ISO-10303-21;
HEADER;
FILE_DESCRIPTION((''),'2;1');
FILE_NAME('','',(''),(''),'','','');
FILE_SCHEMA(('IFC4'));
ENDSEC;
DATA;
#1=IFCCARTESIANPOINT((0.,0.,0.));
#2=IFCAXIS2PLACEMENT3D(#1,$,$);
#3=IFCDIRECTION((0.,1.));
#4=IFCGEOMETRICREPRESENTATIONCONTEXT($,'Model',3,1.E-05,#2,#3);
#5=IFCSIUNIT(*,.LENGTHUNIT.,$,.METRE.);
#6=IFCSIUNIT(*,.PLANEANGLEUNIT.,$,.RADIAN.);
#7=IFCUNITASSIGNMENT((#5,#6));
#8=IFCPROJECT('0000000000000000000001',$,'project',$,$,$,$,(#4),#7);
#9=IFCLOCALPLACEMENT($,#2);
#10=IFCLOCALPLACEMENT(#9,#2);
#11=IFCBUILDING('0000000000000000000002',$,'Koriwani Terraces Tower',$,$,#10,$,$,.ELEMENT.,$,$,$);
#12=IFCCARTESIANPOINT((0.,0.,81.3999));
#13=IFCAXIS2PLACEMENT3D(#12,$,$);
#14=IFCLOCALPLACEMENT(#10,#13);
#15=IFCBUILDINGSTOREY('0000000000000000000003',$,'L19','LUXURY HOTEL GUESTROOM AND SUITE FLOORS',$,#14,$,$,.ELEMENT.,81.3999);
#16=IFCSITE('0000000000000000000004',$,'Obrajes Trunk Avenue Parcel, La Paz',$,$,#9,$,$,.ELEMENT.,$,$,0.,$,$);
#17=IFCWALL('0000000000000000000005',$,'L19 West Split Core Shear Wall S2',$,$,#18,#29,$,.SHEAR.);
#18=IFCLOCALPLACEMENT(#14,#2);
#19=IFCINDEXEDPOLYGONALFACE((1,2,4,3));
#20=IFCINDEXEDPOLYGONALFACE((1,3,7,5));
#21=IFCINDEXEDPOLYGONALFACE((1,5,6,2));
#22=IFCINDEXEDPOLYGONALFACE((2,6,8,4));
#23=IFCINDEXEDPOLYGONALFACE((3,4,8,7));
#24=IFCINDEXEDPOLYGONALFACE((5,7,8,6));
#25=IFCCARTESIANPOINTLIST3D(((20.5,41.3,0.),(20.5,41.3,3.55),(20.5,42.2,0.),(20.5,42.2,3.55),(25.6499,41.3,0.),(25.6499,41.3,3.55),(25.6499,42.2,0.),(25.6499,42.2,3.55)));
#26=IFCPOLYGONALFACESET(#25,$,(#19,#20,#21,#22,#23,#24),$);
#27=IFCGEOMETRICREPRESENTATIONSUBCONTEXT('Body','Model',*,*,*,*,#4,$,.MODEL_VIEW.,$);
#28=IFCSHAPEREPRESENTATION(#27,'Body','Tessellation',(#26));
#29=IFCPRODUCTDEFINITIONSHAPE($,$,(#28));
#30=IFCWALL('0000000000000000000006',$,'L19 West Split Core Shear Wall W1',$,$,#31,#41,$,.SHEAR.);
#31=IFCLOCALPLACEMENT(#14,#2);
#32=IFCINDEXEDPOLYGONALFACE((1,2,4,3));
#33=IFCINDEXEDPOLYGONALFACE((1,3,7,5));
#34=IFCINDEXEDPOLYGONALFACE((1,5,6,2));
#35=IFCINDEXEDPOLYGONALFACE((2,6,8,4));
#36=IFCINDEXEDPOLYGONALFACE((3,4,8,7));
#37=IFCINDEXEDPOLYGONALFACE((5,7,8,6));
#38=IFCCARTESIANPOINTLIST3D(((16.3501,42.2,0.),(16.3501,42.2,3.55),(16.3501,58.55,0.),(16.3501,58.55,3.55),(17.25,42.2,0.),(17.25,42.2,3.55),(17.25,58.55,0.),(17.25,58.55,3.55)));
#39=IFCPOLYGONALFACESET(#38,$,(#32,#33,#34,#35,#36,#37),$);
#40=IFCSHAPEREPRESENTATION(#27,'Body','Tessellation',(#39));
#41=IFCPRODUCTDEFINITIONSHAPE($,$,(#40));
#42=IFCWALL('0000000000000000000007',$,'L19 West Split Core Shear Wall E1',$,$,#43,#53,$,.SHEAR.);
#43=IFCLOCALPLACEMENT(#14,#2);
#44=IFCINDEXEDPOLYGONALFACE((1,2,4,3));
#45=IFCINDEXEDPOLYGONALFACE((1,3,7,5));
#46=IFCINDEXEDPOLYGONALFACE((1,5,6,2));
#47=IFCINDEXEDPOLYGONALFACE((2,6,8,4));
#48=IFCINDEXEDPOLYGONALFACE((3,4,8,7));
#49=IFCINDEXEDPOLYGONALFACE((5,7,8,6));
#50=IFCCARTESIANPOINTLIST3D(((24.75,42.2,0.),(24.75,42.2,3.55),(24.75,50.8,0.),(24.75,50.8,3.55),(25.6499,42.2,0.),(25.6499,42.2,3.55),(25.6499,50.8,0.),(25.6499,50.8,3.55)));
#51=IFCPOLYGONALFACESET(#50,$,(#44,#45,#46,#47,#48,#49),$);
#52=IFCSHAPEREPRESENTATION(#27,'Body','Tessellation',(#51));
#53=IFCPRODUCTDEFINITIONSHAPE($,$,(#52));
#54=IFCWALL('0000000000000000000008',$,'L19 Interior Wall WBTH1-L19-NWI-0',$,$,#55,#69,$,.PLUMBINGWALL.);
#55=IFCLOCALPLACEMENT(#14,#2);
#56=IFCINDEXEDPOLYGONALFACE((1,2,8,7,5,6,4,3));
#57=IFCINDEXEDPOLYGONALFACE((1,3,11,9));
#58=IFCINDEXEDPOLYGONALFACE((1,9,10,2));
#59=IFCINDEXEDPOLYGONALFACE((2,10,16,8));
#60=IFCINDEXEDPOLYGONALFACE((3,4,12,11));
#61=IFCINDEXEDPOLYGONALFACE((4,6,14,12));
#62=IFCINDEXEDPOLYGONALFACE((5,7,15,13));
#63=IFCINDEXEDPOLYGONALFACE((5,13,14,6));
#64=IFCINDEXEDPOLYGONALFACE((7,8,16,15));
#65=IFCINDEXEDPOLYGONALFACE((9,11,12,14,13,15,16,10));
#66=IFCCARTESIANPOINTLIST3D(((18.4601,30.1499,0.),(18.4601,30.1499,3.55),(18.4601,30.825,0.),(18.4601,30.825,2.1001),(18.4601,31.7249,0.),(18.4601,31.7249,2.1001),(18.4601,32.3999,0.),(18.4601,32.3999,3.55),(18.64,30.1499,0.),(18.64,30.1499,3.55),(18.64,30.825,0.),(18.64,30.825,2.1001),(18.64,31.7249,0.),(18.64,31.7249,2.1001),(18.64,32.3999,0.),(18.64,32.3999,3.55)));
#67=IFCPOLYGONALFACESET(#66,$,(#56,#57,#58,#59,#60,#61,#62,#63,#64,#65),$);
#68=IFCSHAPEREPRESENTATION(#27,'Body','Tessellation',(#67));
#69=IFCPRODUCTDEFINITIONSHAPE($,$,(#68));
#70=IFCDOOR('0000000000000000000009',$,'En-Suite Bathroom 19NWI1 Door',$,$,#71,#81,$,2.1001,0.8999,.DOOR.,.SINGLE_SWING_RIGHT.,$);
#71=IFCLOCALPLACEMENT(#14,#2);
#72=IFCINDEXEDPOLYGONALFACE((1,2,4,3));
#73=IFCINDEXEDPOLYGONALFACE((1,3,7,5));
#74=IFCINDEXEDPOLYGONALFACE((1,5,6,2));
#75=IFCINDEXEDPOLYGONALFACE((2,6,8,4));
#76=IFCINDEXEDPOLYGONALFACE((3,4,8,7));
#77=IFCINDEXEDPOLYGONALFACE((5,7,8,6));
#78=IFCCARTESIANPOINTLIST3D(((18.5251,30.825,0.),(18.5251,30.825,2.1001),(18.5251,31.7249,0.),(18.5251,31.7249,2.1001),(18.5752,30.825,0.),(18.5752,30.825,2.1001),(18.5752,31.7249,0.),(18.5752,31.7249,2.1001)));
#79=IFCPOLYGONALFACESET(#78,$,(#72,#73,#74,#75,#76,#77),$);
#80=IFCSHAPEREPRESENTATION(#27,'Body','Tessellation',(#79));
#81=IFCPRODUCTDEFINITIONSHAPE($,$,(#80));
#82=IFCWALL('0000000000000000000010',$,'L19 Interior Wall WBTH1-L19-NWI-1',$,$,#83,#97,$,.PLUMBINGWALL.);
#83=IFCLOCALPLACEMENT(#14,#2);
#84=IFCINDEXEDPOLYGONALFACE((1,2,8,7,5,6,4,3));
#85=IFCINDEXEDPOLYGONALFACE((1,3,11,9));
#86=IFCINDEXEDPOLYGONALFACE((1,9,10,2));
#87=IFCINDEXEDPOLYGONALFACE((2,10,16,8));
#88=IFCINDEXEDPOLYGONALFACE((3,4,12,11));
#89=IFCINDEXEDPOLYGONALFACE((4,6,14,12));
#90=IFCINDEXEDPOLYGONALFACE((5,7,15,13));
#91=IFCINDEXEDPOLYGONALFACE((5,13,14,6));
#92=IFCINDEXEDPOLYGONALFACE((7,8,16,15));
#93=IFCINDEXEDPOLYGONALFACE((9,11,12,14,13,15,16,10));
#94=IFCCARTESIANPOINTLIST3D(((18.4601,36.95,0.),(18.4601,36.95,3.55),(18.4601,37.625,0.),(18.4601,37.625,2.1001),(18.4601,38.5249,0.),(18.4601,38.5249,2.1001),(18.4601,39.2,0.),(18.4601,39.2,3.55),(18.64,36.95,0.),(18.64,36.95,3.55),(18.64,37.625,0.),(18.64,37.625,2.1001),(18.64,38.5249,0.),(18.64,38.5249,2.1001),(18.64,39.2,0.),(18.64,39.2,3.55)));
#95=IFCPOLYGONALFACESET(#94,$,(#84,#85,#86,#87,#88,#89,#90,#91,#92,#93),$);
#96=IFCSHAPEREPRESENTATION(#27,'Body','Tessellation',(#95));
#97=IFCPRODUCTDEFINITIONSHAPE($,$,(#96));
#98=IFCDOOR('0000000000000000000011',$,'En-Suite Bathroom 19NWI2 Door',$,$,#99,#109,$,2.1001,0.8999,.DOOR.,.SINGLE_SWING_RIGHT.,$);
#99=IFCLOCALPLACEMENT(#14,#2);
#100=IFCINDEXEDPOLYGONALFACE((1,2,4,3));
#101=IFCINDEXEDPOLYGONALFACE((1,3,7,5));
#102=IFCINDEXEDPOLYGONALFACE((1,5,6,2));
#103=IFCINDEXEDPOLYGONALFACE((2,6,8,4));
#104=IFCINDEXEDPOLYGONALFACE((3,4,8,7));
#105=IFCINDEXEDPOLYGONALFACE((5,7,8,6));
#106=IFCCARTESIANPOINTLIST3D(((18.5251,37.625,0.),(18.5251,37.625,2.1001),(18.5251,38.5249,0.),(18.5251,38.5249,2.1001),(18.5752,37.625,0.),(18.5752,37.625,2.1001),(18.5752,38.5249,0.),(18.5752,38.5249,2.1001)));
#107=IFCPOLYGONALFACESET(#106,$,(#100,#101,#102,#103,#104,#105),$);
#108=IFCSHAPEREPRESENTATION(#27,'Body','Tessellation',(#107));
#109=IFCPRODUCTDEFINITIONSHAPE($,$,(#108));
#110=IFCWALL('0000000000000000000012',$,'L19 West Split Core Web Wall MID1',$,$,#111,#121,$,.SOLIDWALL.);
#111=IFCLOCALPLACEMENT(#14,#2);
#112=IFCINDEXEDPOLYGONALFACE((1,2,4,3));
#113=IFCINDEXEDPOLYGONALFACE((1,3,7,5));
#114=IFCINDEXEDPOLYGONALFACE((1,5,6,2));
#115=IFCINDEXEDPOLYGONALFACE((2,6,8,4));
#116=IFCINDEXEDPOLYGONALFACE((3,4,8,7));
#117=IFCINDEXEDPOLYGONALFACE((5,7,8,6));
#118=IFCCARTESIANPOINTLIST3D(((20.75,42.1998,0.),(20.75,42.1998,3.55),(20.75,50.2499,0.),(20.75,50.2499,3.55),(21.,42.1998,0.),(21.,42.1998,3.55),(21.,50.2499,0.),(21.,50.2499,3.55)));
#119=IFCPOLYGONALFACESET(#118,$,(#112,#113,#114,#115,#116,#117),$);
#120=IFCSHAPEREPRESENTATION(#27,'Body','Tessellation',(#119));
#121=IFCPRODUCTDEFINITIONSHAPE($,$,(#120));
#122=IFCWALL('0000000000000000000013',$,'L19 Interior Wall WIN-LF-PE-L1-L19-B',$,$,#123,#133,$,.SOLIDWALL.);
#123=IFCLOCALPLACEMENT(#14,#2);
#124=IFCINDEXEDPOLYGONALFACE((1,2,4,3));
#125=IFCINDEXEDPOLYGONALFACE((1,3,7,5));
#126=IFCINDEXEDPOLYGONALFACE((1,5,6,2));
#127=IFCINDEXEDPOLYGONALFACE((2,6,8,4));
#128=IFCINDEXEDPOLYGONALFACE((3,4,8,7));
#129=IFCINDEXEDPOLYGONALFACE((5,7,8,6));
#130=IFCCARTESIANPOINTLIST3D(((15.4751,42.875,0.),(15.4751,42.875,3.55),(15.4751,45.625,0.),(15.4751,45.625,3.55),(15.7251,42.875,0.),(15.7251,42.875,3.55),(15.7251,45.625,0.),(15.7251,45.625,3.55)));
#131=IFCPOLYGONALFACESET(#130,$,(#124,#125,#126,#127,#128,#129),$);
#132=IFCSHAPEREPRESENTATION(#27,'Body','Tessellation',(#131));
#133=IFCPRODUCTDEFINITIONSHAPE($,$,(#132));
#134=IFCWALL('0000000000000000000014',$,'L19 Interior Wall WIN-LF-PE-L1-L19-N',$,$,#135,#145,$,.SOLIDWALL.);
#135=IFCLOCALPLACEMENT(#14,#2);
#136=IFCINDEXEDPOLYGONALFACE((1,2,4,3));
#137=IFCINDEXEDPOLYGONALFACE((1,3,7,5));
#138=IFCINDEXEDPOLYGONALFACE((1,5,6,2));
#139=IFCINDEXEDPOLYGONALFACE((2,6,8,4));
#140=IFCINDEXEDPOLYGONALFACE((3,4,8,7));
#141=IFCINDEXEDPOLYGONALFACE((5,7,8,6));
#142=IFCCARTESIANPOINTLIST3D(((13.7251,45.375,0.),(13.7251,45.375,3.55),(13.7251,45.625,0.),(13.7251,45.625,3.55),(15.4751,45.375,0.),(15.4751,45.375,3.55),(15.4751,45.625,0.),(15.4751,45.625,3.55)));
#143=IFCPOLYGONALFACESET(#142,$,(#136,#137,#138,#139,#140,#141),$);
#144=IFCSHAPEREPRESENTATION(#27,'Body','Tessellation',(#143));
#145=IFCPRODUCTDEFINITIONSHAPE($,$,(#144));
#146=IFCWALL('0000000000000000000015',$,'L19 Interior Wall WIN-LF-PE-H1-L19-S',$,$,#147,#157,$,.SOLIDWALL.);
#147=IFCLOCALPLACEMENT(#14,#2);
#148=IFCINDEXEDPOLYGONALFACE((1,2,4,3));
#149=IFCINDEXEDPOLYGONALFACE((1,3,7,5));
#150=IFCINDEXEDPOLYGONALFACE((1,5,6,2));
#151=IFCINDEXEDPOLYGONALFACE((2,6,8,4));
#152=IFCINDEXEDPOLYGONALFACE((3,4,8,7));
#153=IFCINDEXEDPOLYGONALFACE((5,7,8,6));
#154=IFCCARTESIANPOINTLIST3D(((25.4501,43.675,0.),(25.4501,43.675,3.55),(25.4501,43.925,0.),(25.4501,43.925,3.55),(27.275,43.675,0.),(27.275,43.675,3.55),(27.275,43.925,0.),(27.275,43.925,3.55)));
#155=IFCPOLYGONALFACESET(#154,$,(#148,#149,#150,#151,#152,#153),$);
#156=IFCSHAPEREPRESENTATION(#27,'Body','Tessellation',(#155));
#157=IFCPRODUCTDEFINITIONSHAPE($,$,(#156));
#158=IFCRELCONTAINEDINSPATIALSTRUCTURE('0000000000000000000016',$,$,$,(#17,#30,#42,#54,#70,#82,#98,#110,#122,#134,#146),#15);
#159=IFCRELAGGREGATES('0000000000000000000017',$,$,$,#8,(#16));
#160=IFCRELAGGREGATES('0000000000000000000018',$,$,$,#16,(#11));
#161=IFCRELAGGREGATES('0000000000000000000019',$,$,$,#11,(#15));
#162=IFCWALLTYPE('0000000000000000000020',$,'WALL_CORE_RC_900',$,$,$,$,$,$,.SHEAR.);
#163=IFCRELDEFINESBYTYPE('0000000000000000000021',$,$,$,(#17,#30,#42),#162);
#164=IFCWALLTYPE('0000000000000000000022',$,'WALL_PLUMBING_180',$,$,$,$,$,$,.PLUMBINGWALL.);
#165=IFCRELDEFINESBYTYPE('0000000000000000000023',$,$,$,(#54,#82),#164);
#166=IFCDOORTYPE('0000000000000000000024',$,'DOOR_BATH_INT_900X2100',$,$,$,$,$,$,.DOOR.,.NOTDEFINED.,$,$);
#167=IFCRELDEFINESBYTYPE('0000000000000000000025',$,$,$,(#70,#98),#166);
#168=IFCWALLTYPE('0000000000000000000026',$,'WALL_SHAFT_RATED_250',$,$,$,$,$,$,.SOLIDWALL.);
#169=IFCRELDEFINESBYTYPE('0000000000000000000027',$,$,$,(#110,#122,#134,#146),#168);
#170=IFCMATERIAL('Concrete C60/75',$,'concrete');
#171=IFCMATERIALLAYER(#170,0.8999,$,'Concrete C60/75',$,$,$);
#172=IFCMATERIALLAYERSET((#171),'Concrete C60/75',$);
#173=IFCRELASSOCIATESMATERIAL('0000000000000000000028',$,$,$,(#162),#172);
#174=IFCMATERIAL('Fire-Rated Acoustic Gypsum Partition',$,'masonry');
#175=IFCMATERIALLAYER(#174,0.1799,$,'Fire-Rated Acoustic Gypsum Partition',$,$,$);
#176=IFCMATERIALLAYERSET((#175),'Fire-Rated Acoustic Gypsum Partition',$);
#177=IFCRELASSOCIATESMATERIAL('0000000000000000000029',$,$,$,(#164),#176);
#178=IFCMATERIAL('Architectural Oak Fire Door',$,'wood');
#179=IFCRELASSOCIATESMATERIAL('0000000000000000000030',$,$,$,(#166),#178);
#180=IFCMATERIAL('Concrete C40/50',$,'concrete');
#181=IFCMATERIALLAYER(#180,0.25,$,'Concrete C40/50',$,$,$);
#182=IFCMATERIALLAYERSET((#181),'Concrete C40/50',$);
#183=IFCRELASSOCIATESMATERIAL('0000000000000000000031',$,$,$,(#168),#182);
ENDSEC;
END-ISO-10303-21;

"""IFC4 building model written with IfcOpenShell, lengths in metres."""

from ifc_helpers import new_model, si_unit, direction, frame, frame_2d, origin, place, context, subcontext, project, spatial, rectangle, extrude, material, layer, layer_set, type_object, element, fill, save


model = new_model("IFC4")

# Units and contexts
model_context = context("Model", 3, precision=1e-05, world=origin(), true_north=direction((0.0, 1.0)))
body_context = subcontext(model_context, "Body", "Model", "MODEL_VIEW")
ifc_project = project(units=[si_unit("LENGTHUNIT", "METRE"), si_unit("PLANEANGLEUNIT", "RADIAN")], contexts=[model_context])

# Site, building, storey
site_placement = place(None, origin())
site = spatial("IfcSite", under=ifc_project, at=site_placement, Name="Obrajes Trunk Avenue Parcel, La Paz", CompositionType="ELEMENT", RefElevation=0.0)
building_placement = place(site_placement, origin())
building = spatial("IfcBuilding", under=site, at=building_placement, Name="Koriwani Terraces Tower", CompositionType="ELEMENT")
storey_placement = place(building_placement, frame((0.0, 0.0, 81.3999)))
storey = spatial("IfcBuildingStorey", under=building, at=storey_placement, Name="L19", Description="LUXURY HOTEL GUESTROOM AND SUITE FLOORS", CompositionType="ELEMENT", Elevation=81.3999)

# Shared definitions
ifc_material_1 = material(Name="Concrete C60/75", Category="concrete")

# Shared definitions
ifc_material_2 = material(Name="Concrete C40/50", Category="concrete")

# Walls
ifc_layer_1 = layer(ifc_material_1, 0.8999, Name="Concrete C60/75")
ifc_layer_set_1 = layer_set([ifc_layer_1], Name="Concrete C60/75")
wall_type_1 = type_object("IfcWallType", Name="WALL_CORE_RC_900", PredefinedType="SHEAR", material=ifc_layer_set_1)
wall_1_placement = place(storey_placement, frame((20.5, 41.75, 0.0), z_axis=(0.0, 0.0, 1.0), x_axis=(1.0, 0.0, 0.0)))
element("IfcWall", 1, at=wall_1_placement, inside=storey, type_object=wall_type_1, Name="L19 West Split Core Shear Wall S2", PredefinedType="SHEAR", context=body_context, shape_type="SweptSolid", body=[
    extrude(rectangle(XDim=5.1499, YDim=0.8999, at=frame_2d((2.575, 0.0))), origin(), (0.0, 0.0, 1.0), 3.55),
])
wall_2_placement = place(storey_placement, frame((16.8, 42.2, 0.0), z_axis=(0.0, 0.0, 1.0), x_axis=(0.0, 1.0, 0.0)))
element("IfcWall", 2, at=wall_2_placement, inside=storey, type_object=wall_type_1, Name="L19 West Split Core Shear Wall W1", PredefinedType="SHEAR", context=body_context, shape_type="SweptSolid", body=[
    extrude(rectangle(XDim=16.3501, YDim=0.8999, at=frame_2d((8.175, 0.0))), origin(), (0.0, 0.0, 1.0), 3.55),
])
wall_3_placement = place(storey_placement, frame((25.2, 42.2, 0.0), z_axis=(0.0, 0.0, 1.0), x_axis=(0.0, 1.0, 0.0)))
element("IfcWall", 3, at=wall_3_placement, inside=storey, type_object=wall_type_1, Name="L19 West Split Core Shear Wall E1", PredefinedType="SHEAR", context=body_context, shape_type="SweptSolid", body=[
    extrude(rectangle(XDim=8.6001, YDim=0.8999, at=frame_2d((4.3, 0.0))), origin(), (0.0, 0.0, 1.0), 3.55),
])

# Walls, openings, doors
ifc_material_3 = material(Name="Fire-Rated Acoustic Gypsum Partition", Category="masonry")
ifc_layer_2 = layer(ifc_material_3, 0.1799, Name="Fire-Rated Acoustic Gypsum Partition")
ifc_layer_set_2 = layer_set([ifc_layer_2], Name="Fire-Rated Acoustic Gypsum Partition")
wall_type_2 = type_object("IfcWallType", Name="WALL_PLUMBING_180", PredefinedType="PLUMBINGWALL", material=ifc_layer_set_2)
wall_4_placement = place(storey_placement, frame((18.55, 30.1499, 0.0), z_axis=(0.0, 0.0, 1.0), x_axis=(0.0, 1.0, 0.0)))
wall_4 = element("IfcWall", 4, at=wall_4_placement, inside=storey, type_object=wall_type_2, Name="L19 Interior Wall WBTH1-L19-NWI-0", PredefinedType="PLUMBINGWALL", context=body_context, shape_type="SweptSolid", body=[
    extrude(rectangle(XDim=2.25, YDim=0.1799, at=frame_2d((1.125, 0.0))), origin(), (0.0, 0.0, 1.0), 3.55),
])
opening_1_placement = place(wall_4_placement, frame((0.675, 0.0, 0.0)))
opening_1 = element("IfcOpeningElement", 5, at=opening_1_placement, cuts=wall_4, PredefinedType="OPENING", context=body_context, shape_type="SweptSolid", body=[
    extrude(rectangle(XDim=0.8999, YDim=2.1001, at=frame_2d((0.45, 1.05))), frame((0.0, 0.1001, 0.0), z_axis=(0.0, -1.0, 0.0), x_axis=(1.0, 0.0, 0.0)), (0.0, 0.0, 1.0), 0.2),
])
ifc_material_4 = material(Name="Architectural Oak Fire Door", Category="wood")
door_type_1 = type_object("IfcDoorType", Name="DOOR_BATH_INT_900X2100", OperationType="NOTDEFINED", PredefinedType="DOOR", material=ifc_material_4)
door_1_placement = place(opening_1_placement, origin())
door_1 = element("IfcDoor", 6, at=door_1_placement, inside=storey, type_object=door_type_1, Name="En-Suite Bathroom 19NWI1 Door", OperationType="SINGLE_SWING_RIGHT", OverallHeight=2.1001, OverallWidth=0.8999, PredefinedType="DOOR", context=body_context, shape_type="SweptSolid", body=[
    extrude(rectangle(XDim=0.8999, YDim=2.1001, at=frame_2d((0.45, 1.05))), frame((0.0, 0.0249, 0.0), z_axis=(0.0, -1.0, 0.0), x_axis=(1.0, 0.0, 0.0)), (0.0, 0.0, 1.0), 0.05),
])
fill(opening_1, door_1)
wall_5_placement = place(storey_placement, frame((18.55, 36.95, 0.0), z_axis=(0.0, 0.0, 1.0), x_axis=(0.0, 1.0, 0.0)))
wall_5 = element("IfcWall", 7, at=wall_5_placement, inside=storey, type_object=wall_type_2, Name="L19 Interior Wall WBTH1-L19-NWI-1", PredefinedType="PLUMBINGWALL", context=body_context, shape_type="SweptSolid", body=[
    extrude(rectangle(XDim=2.25, YDim=0.1799, at=frame_2d((1.125, 0.0))), origin(), (0.0, 0.0, 1.0), 3.55),
])
opening_2_placement = place(wall_5_placement, frame((0.675, 0.0, 0.0)))
opening_2 = element("IfcOpeningElement", 8, at=opening_2_placement, cuts=wall_5, PredefinedType="OPENING", context=body_context, shape_type="SweptSolid", body=[
    extrude(rectangle(XDim=0.8999, YDim=2.1001, at=frame_2d((0.45, 1.05))), frame((0.0, 0.1001, 0.0), z_axis=(0.0, -1.0, 0.0), x_axis=(1.0, 0.0, 0.0)), (0.0, 0.0, 1.0), 0.2),
])
door_2_placement = place(opening_2_placement, origin())
door_2 = element("IfcDoor", 9, at=door_2_placement, inside=storey, type_object=door_type_1, Name="En-Suite Bathroom 19NWI2 Door", OperationType="SINGLE_SWING_RIGHT", OverallHeight=2.1001, OverallWidth=0.8999, PredefinedType="DOOR", context=body_context, shape_type="SweptSolid", body=[
    extrude(rectangle(XDim=0.8999, YDim=2.1001, at=frame_2d((0.45, 1.05))), frame((0.0, 0.0249, 0.0), z_axis=(0.0, -1.0, 0.0), x_axis=(1.0, 0.0, 0.0)), (0.0, 0.0, 1.0), 0.05),
])
fill(opening_2, door_2)

# Wall
ifc_layer_3 = layer(ifc_material_2, 0.25, Name="Concrete C40/50")
ifc_layer_set_3 = layer_set([ifc_layer_3], Name="Concrete C40/50")
wall_type_3 = type_object("IfcWallType", Name="WALL_SHAFT_RATED_250", PredefinedType="SOLIDWALL", material=ifc_layer_set_3)
wall_6_placement = place(storey_placement, frame((20.875, 42.2, 0.0), z_axis=(0.0, 0.0, 1.0), x_axis=(0.0, 1.0, 0.0)))
element("IfcWall", 10, at=wall_6_placement, inside=storey, type_object=wall_type_3, Name="L19 West Split Core Web Wall MID1", PredefinedType="SOLIDWALL", context=body_context, shape_type="SweptSolid", body=[
    extrude(rectangle(XDim=8.05, YDim=0.25, at=frame_2d((4.0249, 0.0))), origin(), (0.0, 0.0, 1.0), 3.55),
])

# Walls
wall_7_placement = place(storey_placement, frame((15.6001, 42.875, 0.0), z_axis=(0.0, 0.0, 1.0), x_axis=(0.0, 1.0, 0.0)))
element("IfcWall", 11, at=wall_7_placement, inside=storey, type_object=wall_type_3, Name="L19 Interior Wall WIN-LF-PE-L1-L19-B", PredefinedType="SOLIDWALL", context=body_context, shape_type="SweptSolid", body=[
    extrude(rectangle(XDim=2.75, YDim=0.25, at=frame_2d((1.375, 0.0))), origin(), (0.0, 0.0, 1.0), 3.55),
])
wall_8_placement = place(storey_placement, frame((13.7251, 45.5, 0.0), z_axis=(0.0, 0.0, 1.0), x_axis=(1.0, 0.0, 0.0)))
element("IfcWall", 12, at=wall_8_placement, inside=storey, type_object=wall_type_3, Name="L19 Interior Wall WIN-LF-PE-L1-L19-N", PredefinedType="SOLIDWALL", context=body_context, shape_type="SweptSolid", body=[
    extrude(rectangle(XDim=1.75, YDim=0.25, at=frame_2d((0.875, 0.0))), origin(), (0.0, 0.0, 1.0), 3.55),
])
wall_9_placement = place(storey_placement, frame((25.45, 43.8, 0.0), z_axis=(0.0, 0.0, 1.0), x_axis=(1.0, 0.0, 0.0)))
element("IfcWall", 13, at=wall_9_placement, inside=storey, type_object=wall_type_3, Name="L19 Interior Wall WIN-LF-PE-H1-L19-S", PredefinedType="SOLIDWALL", context=body_context, shape_type="SweptSolid", body=[
    extrude(rectangle(XDim=1.825, YDim=0.25, at=frame_2d((0.9126, 0.0))), origin(), (0.0, 0.0, 1.0), 3.55),
])

save(model, "model.ifc")
